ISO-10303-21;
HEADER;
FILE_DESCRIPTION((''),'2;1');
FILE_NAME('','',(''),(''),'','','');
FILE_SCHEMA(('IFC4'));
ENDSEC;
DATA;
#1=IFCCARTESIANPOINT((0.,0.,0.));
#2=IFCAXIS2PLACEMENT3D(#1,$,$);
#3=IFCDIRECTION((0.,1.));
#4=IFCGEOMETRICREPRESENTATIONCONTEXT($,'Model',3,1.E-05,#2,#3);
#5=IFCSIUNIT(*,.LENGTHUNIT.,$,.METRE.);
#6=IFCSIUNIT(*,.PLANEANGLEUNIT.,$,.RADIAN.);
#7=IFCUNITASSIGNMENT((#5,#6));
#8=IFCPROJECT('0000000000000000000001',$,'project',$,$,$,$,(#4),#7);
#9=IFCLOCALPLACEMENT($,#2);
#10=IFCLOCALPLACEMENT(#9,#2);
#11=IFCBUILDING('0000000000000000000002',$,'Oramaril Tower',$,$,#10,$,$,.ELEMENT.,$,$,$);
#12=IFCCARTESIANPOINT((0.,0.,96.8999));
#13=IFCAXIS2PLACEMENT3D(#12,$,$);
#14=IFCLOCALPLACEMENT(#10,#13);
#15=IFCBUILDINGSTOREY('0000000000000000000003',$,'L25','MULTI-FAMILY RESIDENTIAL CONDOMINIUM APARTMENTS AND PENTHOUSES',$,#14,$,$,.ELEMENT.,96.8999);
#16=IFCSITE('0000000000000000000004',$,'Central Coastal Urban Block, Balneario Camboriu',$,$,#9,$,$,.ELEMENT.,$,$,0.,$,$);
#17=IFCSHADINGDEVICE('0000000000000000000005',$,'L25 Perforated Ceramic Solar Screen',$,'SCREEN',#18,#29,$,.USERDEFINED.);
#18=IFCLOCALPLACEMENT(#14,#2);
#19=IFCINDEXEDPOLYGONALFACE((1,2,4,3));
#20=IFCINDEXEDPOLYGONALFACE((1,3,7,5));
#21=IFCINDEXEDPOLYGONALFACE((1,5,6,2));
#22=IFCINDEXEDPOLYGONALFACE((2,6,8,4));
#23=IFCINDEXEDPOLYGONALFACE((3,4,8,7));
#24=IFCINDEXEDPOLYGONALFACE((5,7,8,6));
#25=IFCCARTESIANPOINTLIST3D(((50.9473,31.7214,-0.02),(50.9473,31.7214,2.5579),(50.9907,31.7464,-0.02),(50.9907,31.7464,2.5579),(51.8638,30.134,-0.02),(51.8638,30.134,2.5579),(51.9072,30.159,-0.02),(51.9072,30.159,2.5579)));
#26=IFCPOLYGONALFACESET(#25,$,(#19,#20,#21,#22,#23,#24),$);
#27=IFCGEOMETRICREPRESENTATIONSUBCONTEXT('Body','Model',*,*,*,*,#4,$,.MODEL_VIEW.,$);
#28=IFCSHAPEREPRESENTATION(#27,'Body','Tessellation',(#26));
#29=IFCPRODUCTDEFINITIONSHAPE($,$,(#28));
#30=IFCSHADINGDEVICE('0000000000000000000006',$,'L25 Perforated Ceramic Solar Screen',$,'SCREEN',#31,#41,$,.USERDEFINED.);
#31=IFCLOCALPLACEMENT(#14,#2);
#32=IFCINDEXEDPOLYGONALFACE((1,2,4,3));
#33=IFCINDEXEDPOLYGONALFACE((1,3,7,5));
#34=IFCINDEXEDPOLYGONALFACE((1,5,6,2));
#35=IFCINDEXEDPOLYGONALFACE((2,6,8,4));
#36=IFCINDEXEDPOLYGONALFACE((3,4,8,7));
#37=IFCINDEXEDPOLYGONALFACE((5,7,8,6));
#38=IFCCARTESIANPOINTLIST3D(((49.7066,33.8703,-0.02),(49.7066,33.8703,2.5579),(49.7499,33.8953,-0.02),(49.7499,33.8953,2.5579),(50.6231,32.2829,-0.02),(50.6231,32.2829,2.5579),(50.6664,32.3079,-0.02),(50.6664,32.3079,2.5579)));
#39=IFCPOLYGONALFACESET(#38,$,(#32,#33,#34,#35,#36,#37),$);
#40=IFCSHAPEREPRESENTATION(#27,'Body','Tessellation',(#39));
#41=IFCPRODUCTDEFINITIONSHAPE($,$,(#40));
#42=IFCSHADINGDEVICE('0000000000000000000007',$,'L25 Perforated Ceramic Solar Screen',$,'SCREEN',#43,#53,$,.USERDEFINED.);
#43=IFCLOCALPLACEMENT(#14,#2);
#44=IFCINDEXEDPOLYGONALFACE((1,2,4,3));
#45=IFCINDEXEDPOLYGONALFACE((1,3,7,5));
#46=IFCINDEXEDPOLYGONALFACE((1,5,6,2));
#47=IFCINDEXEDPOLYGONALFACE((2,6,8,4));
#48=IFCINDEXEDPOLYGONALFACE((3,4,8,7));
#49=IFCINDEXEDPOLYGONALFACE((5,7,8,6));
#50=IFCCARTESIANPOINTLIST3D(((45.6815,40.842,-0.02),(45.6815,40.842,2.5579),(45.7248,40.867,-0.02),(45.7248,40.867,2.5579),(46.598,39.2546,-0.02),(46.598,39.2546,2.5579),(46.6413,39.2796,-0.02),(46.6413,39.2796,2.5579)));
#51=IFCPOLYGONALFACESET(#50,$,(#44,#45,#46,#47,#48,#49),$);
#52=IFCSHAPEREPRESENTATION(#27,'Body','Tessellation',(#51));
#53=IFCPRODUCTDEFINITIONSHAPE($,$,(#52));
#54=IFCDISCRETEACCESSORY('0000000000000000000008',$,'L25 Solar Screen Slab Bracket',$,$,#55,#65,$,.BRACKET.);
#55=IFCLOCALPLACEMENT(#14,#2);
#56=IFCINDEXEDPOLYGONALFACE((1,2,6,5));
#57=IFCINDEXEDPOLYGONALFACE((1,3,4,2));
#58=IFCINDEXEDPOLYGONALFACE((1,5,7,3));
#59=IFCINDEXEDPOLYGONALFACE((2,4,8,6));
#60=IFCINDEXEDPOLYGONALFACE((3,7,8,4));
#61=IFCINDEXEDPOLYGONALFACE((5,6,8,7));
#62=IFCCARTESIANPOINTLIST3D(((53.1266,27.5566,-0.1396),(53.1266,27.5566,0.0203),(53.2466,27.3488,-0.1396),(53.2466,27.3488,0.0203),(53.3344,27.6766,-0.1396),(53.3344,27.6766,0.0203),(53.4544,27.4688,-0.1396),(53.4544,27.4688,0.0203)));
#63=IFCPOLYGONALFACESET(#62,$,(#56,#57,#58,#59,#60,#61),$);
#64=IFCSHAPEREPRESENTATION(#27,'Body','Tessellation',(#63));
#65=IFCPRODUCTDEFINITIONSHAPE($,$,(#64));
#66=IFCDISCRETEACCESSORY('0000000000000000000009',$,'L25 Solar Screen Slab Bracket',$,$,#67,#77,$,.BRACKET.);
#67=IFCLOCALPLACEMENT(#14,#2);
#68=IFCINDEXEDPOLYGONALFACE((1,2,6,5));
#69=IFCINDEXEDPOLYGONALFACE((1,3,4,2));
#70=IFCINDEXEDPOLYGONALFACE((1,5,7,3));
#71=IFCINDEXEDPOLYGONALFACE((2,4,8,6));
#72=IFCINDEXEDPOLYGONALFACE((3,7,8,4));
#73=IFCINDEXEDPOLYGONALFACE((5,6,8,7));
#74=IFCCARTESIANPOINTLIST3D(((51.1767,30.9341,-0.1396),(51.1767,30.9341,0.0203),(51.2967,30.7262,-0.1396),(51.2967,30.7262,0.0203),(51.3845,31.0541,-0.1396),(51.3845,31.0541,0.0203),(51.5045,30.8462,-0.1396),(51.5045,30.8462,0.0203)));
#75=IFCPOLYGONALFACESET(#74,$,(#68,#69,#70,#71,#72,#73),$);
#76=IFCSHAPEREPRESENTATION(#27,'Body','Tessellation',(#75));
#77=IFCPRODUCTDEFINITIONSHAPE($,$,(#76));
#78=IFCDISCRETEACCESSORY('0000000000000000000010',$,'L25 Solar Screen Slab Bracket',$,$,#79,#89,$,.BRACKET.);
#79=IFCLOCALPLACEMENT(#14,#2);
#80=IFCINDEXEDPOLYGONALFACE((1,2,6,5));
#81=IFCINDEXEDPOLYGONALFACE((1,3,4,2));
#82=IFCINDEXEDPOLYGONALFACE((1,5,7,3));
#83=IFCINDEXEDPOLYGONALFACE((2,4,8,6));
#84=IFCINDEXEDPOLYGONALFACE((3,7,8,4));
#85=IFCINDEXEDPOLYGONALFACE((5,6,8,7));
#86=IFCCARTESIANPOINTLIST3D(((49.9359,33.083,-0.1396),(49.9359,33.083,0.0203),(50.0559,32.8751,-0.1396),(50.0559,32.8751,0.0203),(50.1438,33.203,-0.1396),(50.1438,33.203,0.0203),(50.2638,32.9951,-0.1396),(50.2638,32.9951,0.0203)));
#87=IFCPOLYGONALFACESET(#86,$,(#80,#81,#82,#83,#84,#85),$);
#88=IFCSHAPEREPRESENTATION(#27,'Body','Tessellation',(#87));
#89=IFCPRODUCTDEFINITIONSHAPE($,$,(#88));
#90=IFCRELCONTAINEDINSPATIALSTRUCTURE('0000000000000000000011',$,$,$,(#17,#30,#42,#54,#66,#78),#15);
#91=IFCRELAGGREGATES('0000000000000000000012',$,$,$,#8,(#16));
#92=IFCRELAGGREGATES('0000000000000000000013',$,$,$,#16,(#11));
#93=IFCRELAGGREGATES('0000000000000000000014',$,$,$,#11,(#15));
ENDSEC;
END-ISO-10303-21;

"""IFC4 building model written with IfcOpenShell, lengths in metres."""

from ifc_helpers import new_model, si_unit, direction, frame, origin, origin_2d, place, context, subcontext, project, spatial, rectangle, extrude, element, save


model = new_model("IFC4")

# Units and contexts
model_context = context("Model", 3, precision=1e-05, world=origin(), true_north=direction((0.0, 1.0)))
body_context = subcontext(model_context, "Body", "Model", "MODEL_VIEW")
ifc_project = project(units=[si_unit("LENGTHUNIT", "METRE"), si_unit("PLANEANGLEUNIT", "RADIAN")], contexts=[model_context])

# Site, building, storey
site_placement = place(None, origin())
site = spatial("IfcSite", under=ifc_project, at=site_placement, Name="Central Coastal Urban Block, Balneario Camboriu", CompositionType="ELEMENT", RefElevation=0.0)
building_placement = place(site_placement, origin())
building = spatial("IfcBuilding", under=site, at=building_placement, Name="Oramaril Tower", CompositionType="ELEMENT")
storey_placement = place(building_placement, frame((0.0, 0.0, 96.8999)))
storey = spatial("IfcBuildingStorey", under=building, at=storey_placement, Name="L25", Description="MULTI-FAMILY RESIDENTIAL CONDOMINIUM APARTMENTS AND PENTHOUSES", CompositionType="ELEMENT", Elevation=96.8999)

# Shading devices
for number, where, z_axis, x_axis, name in (
    (1, (51.4272, 30.9402, -0.02), (0.0, 0.0, 1.0), (-0.5, 0.866025, 0.0), "L25 Perforated Ceramic Solar Screen"),
    (2, (50.1865, 33.0891, -0.02), (0.0, 0.0, 1.0), (-0.5, 0.866025, 0.0), "L25 Perforated Ceramic Solar Screen"),
    (3, (46.1614, 40.0608, -0.02), (0.0, 0.0, 1.0), (-0.5, 0.866025, 0.0), "L25 Perforated Ceramic Solar Screen"),
):
    element("IfcShadingDevice", number, at=place(storey_placement, frame(where, z_axis=z_axis, x_axis=x_axis)), inside=storey, Name=name, ObjectType="SCREEN", PredefinedType="USERDEFINED", context=body_context, shape_type="SweptSolid", body=[
        extrude(rectangle(XDim=1.833, YDim=0.05, at=origin_2d()), origin(), (0.0, 0.0, 1.0), 2.5779),
    ])

# Discrete accessories
for number, where, z_axis, x_axis, name in (
    (4, (53.2905, 27.5127, -0.1396), (0.0, 0.0, 1.0), (-0.5, 0.866025, 0.0), "L25 Solar Screen Slab Bracket"),
    (5, (51.3406, 30.8901, -0.1396), (0.0, 0.0, 1.0), (-0.5, 0.866025, 0.0), "L25 Solar Screen Slab Bracket"),
    (6, (50.0999, 33.0391, -0.1396), (0.0, 0.0, 1.0), (-0.5, 0.866025, 0.0), "L25 Solar Screen Slab Bracket"),
):
    element("IfcDiscreteAccessory", number, at=place(storey_placement, frame(where, z_axis=z_axis, x_axis=x_axis)), inside=storey, Name=name, PredefinedType="BRACKET", context=body_context, shape_type="SweptSolid", body=[
        extrude(rectangle(XDim=0.24, YDim=0.24, at=origin_2d()), origin(), (0.0, 0.0, 1.0), 0.1599),
    ])

save(model, "model.ifc")
